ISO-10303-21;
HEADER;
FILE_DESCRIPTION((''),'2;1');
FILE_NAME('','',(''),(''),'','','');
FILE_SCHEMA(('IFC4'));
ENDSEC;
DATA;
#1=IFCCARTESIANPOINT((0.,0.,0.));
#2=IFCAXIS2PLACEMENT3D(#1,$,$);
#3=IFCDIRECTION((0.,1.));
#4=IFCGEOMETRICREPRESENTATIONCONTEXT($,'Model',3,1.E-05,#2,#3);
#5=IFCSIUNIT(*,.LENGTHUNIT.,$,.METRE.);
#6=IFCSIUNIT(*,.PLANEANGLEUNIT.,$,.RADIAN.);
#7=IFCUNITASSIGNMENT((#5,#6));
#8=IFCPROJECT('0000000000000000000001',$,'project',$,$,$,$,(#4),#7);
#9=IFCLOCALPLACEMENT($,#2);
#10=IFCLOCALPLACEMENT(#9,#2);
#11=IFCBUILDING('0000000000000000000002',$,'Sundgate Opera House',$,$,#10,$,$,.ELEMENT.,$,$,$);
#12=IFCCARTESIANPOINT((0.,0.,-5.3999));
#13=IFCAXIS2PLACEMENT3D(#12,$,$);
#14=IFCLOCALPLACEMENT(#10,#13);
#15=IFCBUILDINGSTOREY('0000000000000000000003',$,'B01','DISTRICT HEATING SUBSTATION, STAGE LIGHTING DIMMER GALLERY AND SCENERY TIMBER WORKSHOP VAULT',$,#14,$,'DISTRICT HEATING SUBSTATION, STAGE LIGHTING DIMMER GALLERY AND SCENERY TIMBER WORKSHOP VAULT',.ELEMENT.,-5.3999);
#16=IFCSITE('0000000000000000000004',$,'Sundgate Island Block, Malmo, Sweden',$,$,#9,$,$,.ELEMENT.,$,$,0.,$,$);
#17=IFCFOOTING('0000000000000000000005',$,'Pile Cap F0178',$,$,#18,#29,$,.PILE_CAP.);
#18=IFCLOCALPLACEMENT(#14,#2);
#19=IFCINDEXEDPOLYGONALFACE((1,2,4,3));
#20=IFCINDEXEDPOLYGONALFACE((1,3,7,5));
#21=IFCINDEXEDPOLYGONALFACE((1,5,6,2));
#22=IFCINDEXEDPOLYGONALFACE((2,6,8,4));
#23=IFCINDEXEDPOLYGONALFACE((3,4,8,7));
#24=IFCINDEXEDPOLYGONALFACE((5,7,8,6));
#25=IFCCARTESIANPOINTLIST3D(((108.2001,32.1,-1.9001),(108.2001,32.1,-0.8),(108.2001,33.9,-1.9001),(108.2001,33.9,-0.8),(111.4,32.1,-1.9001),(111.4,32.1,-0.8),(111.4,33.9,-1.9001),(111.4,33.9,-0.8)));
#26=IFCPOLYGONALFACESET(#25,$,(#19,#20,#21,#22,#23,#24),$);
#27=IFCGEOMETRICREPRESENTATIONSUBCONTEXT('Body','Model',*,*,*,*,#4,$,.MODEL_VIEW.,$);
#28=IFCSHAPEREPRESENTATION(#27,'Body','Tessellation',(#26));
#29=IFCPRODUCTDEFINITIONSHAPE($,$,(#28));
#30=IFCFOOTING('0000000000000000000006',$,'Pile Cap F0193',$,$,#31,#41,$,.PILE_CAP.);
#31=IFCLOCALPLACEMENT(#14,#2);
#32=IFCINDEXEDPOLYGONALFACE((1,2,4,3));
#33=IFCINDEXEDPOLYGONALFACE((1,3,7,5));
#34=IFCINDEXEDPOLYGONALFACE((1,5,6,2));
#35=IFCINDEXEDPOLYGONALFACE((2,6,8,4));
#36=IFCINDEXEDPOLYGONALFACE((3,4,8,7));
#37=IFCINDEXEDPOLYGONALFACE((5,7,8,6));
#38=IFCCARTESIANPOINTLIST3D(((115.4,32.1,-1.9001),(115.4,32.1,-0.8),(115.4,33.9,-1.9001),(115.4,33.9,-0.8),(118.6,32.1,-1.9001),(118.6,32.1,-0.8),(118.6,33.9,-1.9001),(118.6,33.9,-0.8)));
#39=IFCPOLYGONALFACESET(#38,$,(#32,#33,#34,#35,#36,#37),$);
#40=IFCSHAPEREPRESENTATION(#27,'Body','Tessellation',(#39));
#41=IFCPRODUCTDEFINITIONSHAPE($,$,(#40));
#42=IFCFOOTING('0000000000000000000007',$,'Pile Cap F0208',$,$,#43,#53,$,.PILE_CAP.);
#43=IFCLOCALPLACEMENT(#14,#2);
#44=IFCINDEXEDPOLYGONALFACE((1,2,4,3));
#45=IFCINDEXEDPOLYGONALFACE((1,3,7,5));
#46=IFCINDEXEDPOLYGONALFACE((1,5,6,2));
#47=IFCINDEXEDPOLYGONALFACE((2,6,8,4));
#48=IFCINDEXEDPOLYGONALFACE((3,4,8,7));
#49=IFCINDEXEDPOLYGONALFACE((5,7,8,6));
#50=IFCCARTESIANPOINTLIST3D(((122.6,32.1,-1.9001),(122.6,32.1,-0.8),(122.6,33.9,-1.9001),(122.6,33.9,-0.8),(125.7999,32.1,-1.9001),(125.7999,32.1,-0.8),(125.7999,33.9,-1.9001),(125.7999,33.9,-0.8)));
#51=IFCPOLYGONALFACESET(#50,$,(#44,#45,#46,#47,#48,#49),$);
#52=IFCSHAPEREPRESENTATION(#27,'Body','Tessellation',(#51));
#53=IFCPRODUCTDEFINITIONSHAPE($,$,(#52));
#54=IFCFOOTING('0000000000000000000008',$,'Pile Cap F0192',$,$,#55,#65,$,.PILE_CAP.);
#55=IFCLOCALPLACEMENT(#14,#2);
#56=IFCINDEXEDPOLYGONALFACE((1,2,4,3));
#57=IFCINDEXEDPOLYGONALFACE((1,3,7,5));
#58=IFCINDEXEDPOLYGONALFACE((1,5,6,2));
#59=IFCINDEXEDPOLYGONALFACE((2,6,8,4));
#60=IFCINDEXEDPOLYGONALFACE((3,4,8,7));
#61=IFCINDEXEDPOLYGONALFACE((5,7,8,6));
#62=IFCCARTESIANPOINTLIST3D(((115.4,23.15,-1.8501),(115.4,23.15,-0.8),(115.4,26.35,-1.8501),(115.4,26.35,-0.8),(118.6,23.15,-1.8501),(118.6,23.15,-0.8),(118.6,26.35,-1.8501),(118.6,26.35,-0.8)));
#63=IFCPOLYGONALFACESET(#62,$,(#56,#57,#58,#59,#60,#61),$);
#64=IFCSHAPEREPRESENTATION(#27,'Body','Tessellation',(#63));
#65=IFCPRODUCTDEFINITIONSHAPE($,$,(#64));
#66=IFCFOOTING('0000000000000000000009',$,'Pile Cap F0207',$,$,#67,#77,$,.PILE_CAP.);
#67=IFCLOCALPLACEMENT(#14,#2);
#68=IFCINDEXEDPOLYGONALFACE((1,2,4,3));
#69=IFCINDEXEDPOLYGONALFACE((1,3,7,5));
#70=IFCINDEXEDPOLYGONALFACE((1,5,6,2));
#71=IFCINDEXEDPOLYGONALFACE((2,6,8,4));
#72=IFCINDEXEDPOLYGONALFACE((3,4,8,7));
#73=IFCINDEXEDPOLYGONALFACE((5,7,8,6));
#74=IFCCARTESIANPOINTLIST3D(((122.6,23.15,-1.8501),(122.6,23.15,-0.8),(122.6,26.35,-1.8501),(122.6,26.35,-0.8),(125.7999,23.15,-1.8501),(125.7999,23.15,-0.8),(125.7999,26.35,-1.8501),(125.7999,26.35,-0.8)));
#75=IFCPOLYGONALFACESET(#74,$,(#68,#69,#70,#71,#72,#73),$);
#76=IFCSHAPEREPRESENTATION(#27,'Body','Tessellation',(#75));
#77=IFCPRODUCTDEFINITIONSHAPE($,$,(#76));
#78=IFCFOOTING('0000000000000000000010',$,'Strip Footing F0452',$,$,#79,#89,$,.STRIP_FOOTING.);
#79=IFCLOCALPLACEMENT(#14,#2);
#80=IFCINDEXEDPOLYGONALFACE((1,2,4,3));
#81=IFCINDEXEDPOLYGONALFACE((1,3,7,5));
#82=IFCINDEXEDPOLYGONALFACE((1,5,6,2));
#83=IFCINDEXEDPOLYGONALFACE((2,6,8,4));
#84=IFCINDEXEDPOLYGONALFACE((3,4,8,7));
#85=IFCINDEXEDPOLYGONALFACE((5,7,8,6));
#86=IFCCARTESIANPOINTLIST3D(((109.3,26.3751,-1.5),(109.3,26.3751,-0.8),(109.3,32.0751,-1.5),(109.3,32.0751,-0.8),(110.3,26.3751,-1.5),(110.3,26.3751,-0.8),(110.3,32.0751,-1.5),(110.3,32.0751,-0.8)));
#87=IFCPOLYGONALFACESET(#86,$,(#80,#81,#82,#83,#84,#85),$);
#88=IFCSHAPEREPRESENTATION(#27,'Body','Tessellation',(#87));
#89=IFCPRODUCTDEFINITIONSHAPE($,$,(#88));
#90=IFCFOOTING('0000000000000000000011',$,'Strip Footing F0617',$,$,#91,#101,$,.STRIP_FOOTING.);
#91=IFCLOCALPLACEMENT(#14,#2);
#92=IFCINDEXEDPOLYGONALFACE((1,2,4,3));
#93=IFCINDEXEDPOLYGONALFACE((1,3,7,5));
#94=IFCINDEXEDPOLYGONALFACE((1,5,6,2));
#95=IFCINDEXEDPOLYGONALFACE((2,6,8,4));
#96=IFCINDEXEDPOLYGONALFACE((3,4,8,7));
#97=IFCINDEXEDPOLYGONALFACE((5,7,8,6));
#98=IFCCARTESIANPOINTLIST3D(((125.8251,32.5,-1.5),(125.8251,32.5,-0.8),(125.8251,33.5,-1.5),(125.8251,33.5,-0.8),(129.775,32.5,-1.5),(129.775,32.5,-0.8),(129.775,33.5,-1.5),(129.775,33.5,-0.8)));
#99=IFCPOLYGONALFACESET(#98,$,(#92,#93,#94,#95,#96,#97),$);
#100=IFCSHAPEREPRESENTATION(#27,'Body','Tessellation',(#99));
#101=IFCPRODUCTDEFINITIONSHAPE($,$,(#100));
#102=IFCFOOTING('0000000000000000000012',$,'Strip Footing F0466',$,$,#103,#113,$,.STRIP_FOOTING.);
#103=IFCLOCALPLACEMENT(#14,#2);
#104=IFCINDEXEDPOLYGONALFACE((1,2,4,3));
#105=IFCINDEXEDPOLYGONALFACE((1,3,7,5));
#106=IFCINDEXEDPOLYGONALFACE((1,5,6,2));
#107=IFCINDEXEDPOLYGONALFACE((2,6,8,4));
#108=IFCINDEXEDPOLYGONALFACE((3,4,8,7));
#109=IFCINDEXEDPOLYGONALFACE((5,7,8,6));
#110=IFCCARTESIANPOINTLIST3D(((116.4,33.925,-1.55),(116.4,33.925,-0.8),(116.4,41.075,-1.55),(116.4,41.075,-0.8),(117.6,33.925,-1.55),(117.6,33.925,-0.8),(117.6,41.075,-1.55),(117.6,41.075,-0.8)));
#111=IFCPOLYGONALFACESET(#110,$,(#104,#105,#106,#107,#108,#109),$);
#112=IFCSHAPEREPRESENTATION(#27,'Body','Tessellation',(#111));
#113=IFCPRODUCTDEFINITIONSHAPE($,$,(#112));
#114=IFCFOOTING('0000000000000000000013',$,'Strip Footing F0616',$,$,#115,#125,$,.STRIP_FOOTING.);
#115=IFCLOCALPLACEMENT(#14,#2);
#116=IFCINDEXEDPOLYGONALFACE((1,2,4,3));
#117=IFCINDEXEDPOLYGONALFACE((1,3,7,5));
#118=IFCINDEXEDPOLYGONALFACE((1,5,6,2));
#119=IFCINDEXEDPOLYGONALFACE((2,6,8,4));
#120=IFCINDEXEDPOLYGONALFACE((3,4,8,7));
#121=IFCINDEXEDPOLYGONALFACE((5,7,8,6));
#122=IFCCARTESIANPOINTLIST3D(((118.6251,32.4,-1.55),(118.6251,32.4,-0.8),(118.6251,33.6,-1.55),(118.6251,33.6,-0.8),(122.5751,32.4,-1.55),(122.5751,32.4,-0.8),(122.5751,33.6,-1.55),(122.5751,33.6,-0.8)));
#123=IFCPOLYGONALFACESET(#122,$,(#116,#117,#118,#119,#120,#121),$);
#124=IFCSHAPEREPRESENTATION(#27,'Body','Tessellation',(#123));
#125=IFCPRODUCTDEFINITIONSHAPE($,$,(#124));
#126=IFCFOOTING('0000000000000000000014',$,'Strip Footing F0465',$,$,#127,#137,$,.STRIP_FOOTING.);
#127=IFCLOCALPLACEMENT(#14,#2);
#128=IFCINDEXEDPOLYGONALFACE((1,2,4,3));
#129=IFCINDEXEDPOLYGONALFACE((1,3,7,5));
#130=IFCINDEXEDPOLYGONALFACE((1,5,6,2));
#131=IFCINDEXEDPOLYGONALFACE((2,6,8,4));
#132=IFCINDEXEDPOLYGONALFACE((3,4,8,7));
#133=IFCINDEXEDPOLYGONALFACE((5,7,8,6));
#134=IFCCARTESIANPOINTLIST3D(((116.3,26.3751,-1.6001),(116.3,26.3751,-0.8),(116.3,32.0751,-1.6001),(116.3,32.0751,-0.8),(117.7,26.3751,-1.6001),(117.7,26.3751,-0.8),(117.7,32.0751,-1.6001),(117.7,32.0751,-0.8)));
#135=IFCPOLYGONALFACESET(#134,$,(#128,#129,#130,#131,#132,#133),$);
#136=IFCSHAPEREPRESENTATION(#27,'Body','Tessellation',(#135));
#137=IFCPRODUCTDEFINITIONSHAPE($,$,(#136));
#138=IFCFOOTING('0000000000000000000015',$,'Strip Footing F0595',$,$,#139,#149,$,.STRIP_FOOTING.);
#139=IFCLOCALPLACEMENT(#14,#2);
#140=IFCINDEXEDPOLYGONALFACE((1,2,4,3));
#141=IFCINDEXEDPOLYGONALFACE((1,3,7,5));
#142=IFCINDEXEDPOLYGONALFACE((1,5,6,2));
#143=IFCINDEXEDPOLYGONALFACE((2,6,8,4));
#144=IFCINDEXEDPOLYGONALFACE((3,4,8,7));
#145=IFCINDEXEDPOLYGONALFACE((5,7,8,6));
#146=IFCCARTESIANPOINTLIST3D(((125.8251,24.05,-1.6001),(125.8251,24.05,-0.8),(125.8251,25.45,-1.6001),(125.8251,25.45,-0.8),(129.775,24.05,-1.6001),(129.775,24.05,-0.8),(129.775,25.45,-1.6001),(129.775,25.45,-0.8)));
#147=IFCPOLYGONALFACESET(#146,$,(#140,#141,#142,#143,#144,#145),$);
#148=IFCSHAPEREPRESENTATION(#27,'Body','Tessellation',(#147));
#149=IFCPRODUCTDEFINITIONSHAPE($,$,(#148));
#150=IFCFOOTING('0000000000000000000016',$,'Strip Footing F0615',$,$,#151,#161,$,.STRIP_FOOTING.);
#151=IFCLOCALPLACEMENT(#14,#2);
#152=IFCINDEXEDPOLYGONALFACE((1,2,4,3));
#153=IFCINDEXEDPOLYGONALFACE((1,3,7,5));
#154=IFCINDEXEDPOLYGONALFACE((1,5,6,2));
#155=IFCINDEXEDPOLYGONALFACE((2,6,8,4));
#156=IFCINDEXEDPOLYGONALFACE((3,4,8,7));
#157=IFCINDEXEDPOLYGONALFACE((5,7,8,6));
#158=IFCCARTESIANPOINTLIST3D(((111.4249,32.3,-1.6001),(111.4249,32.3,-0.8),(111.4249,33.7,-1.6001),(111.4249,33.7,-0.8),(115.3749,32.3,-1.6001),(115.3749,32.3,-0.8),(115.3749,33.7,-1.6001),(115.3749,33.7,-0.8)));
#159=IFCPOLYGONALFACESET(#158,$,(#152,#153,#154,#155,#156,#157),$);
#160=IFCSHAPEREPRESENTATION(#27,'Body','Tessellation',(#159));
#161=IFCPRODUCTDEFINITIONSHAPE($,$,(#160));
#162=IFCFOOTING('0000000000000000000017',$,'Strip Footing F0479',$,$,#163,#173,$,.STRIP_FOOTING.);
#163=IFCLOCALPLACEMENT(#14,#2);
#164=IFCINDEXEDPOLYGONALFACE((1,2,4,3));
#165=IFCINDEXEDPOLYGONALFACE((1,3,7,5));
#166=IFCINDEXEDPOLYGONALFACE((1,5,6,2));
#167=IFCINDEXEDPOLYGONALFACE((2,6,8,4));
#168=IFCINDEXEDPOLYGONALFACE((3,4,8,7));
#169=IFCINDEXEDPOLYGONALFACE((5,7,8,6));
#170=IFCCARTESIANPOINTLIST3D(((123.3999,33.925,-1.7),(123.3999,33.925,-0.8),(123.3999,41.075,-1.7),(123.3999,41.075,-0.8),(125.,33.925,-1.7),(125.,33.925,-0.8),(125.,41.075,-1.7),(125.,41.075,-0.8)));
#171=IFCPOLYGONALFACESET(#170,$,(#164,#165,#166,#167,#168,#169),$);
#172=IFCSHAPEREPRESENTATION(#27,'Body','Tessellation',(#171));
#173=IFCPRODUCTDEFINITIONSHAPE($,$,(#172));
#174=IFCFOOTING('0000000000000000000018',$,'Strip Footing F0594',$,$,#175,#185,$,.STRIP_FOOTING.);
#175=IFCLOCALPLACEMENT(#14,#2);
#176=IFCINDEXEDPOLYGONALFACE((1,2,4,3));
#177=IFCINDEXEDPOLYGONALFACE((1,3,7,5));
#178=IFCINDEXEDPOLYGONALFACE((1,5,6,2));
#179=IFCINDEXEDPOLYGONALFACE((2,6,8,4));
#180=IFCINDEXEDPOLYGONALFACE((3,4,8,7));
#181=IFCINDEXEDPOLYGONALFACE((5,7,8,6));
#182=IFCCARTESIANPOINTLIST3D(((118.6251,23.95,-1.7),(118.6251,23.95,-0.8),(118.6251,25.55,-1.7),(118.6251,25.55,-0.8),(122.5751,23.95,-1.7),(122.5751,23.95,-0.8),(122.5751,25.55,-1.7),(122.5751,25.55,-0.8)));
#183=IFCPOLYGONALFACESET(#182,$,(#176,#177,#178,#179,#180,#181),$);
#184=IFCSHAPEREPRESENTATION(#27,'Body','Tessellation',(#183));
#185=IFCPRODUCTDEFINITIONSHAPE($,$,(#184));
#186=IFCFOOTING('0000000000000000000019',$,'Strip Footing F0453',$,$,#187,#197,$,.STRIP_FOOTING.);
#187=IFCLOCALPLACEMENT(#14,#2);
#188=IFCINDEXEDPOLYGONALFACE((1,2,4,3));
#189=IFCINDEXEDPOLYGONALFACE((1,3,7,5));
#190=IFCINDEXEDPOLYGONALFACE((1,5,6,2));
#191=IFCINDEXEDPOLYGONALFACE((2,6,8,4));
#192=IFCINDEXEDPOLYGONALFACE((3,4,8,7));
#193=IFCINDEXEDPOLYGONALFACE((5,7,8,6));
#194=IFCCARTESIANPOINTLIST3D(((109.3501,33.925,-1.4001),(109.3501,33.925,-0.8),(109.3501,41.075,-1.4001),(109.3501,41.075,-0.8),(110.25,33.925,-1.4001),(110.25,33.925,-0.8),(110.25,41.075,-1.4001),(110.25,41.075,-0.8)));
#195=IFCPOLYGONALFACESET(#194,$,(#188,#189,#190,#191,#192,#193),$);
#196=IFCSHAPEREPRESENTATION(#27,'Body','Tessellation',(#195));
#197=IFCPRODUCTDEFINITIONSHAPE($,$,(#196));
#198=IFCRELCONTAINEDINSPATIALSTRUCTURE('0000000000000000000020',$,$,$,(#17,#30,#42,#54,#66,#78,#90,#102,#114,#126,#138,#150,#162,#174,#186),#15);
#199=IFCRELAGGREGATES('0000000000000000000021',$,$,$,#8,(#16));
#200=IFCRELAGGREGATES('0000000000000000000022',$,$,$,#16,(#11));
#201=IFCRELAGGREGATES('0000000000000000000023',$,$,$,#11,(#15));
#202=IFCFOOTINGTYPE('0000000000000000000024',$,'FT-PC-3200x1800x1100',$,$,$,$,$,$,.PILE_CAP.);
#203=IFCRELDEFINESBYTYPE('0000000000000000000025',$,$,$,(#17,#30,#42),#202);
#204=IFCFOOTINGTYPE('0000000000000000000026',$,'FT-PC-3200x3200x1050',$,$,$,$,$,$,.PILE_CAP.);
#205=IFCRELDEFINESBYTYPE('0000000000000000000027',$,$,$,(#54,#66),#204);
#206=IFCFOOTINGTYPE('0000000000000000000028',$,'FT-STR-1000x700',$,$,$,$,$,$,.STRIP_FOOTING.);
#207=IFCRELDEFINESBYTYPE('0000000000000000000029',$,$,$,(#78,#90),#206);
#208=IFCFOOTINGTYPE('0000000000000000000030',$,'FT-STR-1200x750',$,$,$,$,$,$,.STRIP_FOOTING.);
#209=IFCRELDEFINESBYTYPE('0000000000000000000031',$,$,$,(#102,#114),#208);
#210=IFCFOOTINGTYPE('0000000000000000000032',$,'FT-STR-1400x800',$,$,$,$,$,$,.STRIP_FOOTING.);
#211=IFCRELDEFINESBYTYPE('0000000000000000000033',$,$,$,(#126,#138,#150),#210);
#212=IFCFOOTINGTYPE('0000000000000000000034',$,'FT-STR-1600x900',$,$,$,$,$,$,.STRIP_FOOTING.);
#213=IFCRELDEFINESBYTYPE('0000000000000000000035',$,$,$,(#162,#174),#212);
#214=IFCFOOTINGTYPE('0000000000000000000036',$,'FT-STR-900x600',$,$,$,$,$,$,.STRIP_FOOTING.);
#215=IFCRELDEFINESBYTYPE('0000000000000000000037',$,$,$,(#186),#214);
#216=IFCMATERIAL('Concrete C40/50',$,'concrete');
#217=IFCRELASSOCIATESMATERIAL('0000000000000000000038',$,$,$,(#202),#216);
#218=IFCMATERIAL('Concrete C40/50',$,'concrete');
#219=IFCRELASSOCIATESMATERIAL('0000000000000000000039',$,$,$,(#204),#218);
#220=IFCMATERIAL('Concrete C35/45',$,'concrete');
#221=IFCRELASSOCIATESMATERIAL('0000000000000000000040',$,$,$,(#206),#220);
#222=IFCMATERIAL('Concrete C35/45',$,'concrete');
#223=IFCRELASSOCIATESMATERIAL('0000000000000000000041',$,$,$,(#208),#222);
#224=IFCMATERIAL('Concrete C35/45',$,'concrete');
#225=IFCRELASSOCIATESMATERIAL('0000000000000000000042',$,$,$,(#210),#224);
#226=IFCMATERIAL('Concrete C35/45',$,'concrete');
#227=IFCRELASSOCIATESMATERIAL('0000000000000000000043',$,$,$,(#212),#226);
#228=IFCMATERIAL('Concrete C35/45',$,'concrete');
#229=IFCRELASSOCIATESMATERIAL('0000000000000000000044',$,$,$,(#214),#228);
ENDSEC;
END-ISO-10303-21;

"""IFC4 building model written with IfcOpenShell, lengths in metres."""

from ifc_helpers import new_model, si_unit, direction, frame, origin, origin_2d, place, context, subcontext, project, spatial, rectangle, extrude, material, type_object, element, save


model = new_model("IFC4")

# Units and contexts
model_context = context("Model", 3, precision=1e-05, world=origin(), true_north=direction((0.0, 1.0)))
body_context = subcontext(model_context, "Body", "Model", "MODEL_VIEW")
ifc_project = project(units=[si_unit("LENGTHUNIT", "METRE"), si_unit("PLANEANGLEUNIT", "RADIAN")], contexts=[model_context])

# Site, building, storey
site_placement = place(None, origin())
site = spatial("IfcSite", under=ifc_project, at=site_placement, Name="Sundgate Island Block, Malmo, Sweden", CompositionType="ELEMENT", RefElevation=0.0)
building_placement = place(site_placement, origin())
building = spatial("IfcBuilding", under=site, at=building_placement, Name="Sundgate Opera House", CompositionType="ELEMENT")
storey_placement = place(building_placement, frame((0.0, 0.0, -5.3999)))
storey = spatial("IfcBuildingStorey", under=building, at=storey_placement, Name="B01", Description="DISTRICT HEATING SUBSTATION, STAGE LIGHTING DIMMER GALLERY AND SCENERY TIMBER WORKSHOP VAULT", LongName="DISTRICT HEATING SUBSTATION, STAGE LIGHTING DIMMER GALLERY AND SCENERY TIMBER WORKSHOP VAULT", CompositionType="ELEMENT", Elevation=-5.3999)

# Footings
ifc_material_1 = material(Name="Concrete C40/50", Category="concrete")
footing_type_1 = type_object("IfcFootingType", Name="FT-PC-3200x1800x1100", PredefinedType="PILE_CAP", material=ifc_material_1)
for number, where, z_axis, x_axis, name in (
    (1, (109.8, 33.0, -1.9001), (0.0, 0.0, 1.0), (1.0, 0.0, 0.0), "Pile Cap F0178"),
    (2, (117.0, 33.0, -1.9001), (0.0, 0.0, 1.0), (1.0, 0.0, 0.0), "Pile Cap F0193"),
    (3, (124.2, 33.0, -1.9001), (0.0, 0.0, 1.0), (1.0, 0.0, 0.0), "Pile Cap F0208"),
):
    element("IfcFooting", number, at=place(storey_placement, frame(where, z_axis=z_axis, x_axis=x_axis)), inside=storey, type_object=footing_type_1, Name=name, PredefinedType="PILE_CAP", context=body_context, shape_type="SweptSolid", body=[
        extrude(rectangle(XDim=3.2, YDim=1.8, at=origin_2d()), origin(), (0.0, 0.0, 1.0), 1.1001),
    ])
ifc_material_2 = material(Name="Concrete C40/50", Category="concrete")
footing_type_2 = type_object("IfcFootingType", Name="FT-PC-3200x3200x1050", PredefinedType="PILE_CAP", material=ifc_material_2)
for number, where, z_axis, x_axis, name in (
    (4, (117.0, 24.75, -1.8501), (0.0, 0.0, 1.0), (1.0, 0.0, 0.0), "Pile Cap F0192"),
    (5, (124.2, 24.75, -1.8501), (0.0, 0.0, 1.0), (1.0, 0.0, 0.0), "Pile Cap F0207"),
):
    element("IfcFooting", number, at=place(storey_placement, frame(where, z_axis=z_axis, x_axis=x_axis)), inside=storey, type_object=footing_type_2, Name=name, PredefinedType="PILE_CAP", context=body_context, shape_type="SweptSolid", body=[
        extrude(rectangle(XDim=3.2, YDim=3.2, at=origin_2d()), origin(), (0.0, 0.0, 1.0), 1.05),
    ])
ifc_material_3 = material(Name="Concrete C35/45", Category="concrete")
footing_type_3 = type_object("IfcFootingType", Name="FT-STR-1000x700", PredefinedType="STRIP_FOOTING", material=ifc_material_3)
footing_1_placement = place(storey_placement, frame((109.8, 29.2251, -1.5), z_axis=(0.0, 0.0, 1.0), x_axis=(1.0, 0.0, 0.0)))
element("IfcFooting", 6, at=footing_1_placement, inside=storey, type_object=footing_type_3, Name="Strip Footing F0452", PredefinedType="STRIP_FOOTING", context=body_context, shape_type="SweptSolid", body=[
    extrude(rectangle(XDim=1.0, YDim=5.7, at=origin_2d()), origin(), (0.0, 0.0, 1.0), 0.7),
])
footing_2_placement = place(storey_placement, frame((127.8, 33.0, -1.5), z_axis=(0.0, 0.0, 1.0), x_axis=(1.0, 0.0, 0.0)))
element("IfcFooting", 7, at=footing_2_placement, inside=storey, type_object=footing_type_3, Name="Strip Footing F0617", PredefinedType="STRIP_FOOTING", context=body_context, shape_type="SweptSolid", body=[
    extrude(rectangle(XDim=3.95, YDim=1.0, at=origin_2d()), origin(), (0.0, 0.0, 1.0), 0.7),
])
ifc_material_4 = material(Name="Concrete C35/45", Category="concrete")
footing_type_4 = type_object("IfcFootingType", Name="FT-STR-1200x750", PredefinedType="STRIP_FOOTING", material=ifc_material_4)
footing_3_placement = place(storey_placement, frame((117.0, 37.5, -1.55), z_axis=(0.0, 0.0, 1.0), x_axis=(1.0, 0.0, 0.0)))
element("IfcFooting", 8, at=footing_3_placement, inside=storey, type_object=footing_type_4, Name="Strip Footing F0466", PredefinedType="STRIP_FOOTING", context=body_context, shape_type="SweptSolid", body=[
    extrude(rectangle(XDim=1.2, YDim=7.1499, at=origin_2d()), origin(), (0.0, 0.0, 1.0), 0.75),
])
footing_4_placement = place(storey_placement, frame((120.6001, 33.0, -1.55), z_axis=(0.0, 0.0, 1.0), x_axis=(1.0, 0.0, 0.0)))
element("IfcFooting", 9, at=footing_4_placement, inside=storey, type_object=footing_type_4, Name="Strip Footing F0616", PredefinedType="STRIP_FOOTING", context=body_context, shape_type="SweptSolid", body=[
    extrude(rectangle(XDim=3.95, YDim=1.2, at=origin_2d()), origin(), (0.0, 0.0, 1.0), 0.75),
])
ifc_material_5 = material(Name="Concrete C35/45", Category="concrete")
footing_type_5 = type_object("IfcFootingType", Name="FT-STR-1400x800", PredefinedType="STRIP_FOOTING", material=ifc_material_5)
footing_5_placement = place(storey_placement, frame((117.0, 29.2251, -1.6001), z_axis=(0.0, 0.0, 1.0), x_axis=(1.0, 0.0, 0.0)))
element("IfcFooting", 10, at=footing_5_placement, inside=storey, type_object=footing_type_5, Name="Strip Footing F0465", PredefinedType="STRIP_FOOTING", context=body_context, shape_type="SweptSolid", body=[
    extrude(rectangle(XDim=1.3999, YDim=5.7, at=origin_2d()), origin(), (0.0, 0.0, 1.0), 0.8),
])
for number, where, z_axis, x_axis, name in (
    (11, (127.8, 24.75, -1.6001), (0.0, 0.0, 1.0), (1.0, 0.0, 0.0), "Strip Footing F0595"),
    (12, (113.3999, 33.0, -1.6001), (0.0, 0.0, 1.0), (1.0, 0.0, 0.0), "Strip Footing F0615"),
):
    element("IfcFooting", number, at=place(storey_placement, frame(where, z_axis=z_axis, x_axis=x_axis)), inside=storey, type_object=footing_type_5, Name=name, PredefinedType="STRIP_FOOTING", context=body_context, shape_type="SweptSolid", body=[
        extrude(rectangle(XDim=3.95, YDim=1.3999, at=origin_2d()), origin(), (0.0, 0.0, 1.0), 0.8),
    ])
ifc_material_6 = material(Name="Concrete C35/45", Category="concrete")
footing_type_6 = type_object("IfcFootingType", Name="FT-STR-1600x900", PredefinedType="STRIP_FOOTING", material=ifc_material_6)
footing_6_placement = place(storey_placement, frame((124.2, 37.5, -1.7), z_axis=(0.0, 0.0, 1.0), x_axis=(1.0, 0.0, 0.0)))
element("IfcFooting", 13, at=footing_6_placement, inside=storey, type_object=footing_type_6, Name="Strip Footing F0479", PredefinedType="STRIP_FOOTING", context=body_context, shape_type="SweptSolid", body=[
    extrude(rectangle(XDim=1.6001, YDim=7.1499, at=origin_2d()), origin(), (0.0, 0.0, 1.0), 0.8999),
])
footing_7_placement = place(storey_placement, frame((120.6001, 24.75, -1.7), z_axis=(0.0, 0.0, 1.0), x_axis=(1.0, 0.0, 0.0)))
element("IfcFooting", 14, at=footing_7_placement, inside=storey, type_object=footing_type_6, Name="Strip Footing F0594", PredefinedType="STRIP_FOOTING", context=body_context, shape_type="SweptSolid", body=[
    extrude(rectangle(XDim=3.95, YDim=1.6001, at=origin_2d()), origin(), (0.0, 0.0, 1.0), 0.8999),
])
ifc_material_7 = material(Name="Concrete C35/45", Category="concrete")
footing_type_7 = type_object("IfcFootingType", Name="FT-STR-900x600", PredefinedType="STRIP_FOOTING", material=ifc_material_7)
footing_8_placement = place(storey_placement, frame((109.8, 37.5, -1.4001), z_axis=(0.0, 0.0, 1.0), x_axis=(1.0, 0.0, 0.0)))
element("IfcFooting", 15, at=footing_8_placement, inside=storey, type_object=footing_type_7, Name="Strip Footing F0453", PredefinedType="STRIP_FOOTING", context=body_context, shape_type="SweptSolid", body=[
    extrude(rectangle(XDim=0.8999, YDim=7.1499, at=origin_2d()), origin(), (0.0, 0.0, 1.0), 0.6001),
])

save(model, "model.ifc")
